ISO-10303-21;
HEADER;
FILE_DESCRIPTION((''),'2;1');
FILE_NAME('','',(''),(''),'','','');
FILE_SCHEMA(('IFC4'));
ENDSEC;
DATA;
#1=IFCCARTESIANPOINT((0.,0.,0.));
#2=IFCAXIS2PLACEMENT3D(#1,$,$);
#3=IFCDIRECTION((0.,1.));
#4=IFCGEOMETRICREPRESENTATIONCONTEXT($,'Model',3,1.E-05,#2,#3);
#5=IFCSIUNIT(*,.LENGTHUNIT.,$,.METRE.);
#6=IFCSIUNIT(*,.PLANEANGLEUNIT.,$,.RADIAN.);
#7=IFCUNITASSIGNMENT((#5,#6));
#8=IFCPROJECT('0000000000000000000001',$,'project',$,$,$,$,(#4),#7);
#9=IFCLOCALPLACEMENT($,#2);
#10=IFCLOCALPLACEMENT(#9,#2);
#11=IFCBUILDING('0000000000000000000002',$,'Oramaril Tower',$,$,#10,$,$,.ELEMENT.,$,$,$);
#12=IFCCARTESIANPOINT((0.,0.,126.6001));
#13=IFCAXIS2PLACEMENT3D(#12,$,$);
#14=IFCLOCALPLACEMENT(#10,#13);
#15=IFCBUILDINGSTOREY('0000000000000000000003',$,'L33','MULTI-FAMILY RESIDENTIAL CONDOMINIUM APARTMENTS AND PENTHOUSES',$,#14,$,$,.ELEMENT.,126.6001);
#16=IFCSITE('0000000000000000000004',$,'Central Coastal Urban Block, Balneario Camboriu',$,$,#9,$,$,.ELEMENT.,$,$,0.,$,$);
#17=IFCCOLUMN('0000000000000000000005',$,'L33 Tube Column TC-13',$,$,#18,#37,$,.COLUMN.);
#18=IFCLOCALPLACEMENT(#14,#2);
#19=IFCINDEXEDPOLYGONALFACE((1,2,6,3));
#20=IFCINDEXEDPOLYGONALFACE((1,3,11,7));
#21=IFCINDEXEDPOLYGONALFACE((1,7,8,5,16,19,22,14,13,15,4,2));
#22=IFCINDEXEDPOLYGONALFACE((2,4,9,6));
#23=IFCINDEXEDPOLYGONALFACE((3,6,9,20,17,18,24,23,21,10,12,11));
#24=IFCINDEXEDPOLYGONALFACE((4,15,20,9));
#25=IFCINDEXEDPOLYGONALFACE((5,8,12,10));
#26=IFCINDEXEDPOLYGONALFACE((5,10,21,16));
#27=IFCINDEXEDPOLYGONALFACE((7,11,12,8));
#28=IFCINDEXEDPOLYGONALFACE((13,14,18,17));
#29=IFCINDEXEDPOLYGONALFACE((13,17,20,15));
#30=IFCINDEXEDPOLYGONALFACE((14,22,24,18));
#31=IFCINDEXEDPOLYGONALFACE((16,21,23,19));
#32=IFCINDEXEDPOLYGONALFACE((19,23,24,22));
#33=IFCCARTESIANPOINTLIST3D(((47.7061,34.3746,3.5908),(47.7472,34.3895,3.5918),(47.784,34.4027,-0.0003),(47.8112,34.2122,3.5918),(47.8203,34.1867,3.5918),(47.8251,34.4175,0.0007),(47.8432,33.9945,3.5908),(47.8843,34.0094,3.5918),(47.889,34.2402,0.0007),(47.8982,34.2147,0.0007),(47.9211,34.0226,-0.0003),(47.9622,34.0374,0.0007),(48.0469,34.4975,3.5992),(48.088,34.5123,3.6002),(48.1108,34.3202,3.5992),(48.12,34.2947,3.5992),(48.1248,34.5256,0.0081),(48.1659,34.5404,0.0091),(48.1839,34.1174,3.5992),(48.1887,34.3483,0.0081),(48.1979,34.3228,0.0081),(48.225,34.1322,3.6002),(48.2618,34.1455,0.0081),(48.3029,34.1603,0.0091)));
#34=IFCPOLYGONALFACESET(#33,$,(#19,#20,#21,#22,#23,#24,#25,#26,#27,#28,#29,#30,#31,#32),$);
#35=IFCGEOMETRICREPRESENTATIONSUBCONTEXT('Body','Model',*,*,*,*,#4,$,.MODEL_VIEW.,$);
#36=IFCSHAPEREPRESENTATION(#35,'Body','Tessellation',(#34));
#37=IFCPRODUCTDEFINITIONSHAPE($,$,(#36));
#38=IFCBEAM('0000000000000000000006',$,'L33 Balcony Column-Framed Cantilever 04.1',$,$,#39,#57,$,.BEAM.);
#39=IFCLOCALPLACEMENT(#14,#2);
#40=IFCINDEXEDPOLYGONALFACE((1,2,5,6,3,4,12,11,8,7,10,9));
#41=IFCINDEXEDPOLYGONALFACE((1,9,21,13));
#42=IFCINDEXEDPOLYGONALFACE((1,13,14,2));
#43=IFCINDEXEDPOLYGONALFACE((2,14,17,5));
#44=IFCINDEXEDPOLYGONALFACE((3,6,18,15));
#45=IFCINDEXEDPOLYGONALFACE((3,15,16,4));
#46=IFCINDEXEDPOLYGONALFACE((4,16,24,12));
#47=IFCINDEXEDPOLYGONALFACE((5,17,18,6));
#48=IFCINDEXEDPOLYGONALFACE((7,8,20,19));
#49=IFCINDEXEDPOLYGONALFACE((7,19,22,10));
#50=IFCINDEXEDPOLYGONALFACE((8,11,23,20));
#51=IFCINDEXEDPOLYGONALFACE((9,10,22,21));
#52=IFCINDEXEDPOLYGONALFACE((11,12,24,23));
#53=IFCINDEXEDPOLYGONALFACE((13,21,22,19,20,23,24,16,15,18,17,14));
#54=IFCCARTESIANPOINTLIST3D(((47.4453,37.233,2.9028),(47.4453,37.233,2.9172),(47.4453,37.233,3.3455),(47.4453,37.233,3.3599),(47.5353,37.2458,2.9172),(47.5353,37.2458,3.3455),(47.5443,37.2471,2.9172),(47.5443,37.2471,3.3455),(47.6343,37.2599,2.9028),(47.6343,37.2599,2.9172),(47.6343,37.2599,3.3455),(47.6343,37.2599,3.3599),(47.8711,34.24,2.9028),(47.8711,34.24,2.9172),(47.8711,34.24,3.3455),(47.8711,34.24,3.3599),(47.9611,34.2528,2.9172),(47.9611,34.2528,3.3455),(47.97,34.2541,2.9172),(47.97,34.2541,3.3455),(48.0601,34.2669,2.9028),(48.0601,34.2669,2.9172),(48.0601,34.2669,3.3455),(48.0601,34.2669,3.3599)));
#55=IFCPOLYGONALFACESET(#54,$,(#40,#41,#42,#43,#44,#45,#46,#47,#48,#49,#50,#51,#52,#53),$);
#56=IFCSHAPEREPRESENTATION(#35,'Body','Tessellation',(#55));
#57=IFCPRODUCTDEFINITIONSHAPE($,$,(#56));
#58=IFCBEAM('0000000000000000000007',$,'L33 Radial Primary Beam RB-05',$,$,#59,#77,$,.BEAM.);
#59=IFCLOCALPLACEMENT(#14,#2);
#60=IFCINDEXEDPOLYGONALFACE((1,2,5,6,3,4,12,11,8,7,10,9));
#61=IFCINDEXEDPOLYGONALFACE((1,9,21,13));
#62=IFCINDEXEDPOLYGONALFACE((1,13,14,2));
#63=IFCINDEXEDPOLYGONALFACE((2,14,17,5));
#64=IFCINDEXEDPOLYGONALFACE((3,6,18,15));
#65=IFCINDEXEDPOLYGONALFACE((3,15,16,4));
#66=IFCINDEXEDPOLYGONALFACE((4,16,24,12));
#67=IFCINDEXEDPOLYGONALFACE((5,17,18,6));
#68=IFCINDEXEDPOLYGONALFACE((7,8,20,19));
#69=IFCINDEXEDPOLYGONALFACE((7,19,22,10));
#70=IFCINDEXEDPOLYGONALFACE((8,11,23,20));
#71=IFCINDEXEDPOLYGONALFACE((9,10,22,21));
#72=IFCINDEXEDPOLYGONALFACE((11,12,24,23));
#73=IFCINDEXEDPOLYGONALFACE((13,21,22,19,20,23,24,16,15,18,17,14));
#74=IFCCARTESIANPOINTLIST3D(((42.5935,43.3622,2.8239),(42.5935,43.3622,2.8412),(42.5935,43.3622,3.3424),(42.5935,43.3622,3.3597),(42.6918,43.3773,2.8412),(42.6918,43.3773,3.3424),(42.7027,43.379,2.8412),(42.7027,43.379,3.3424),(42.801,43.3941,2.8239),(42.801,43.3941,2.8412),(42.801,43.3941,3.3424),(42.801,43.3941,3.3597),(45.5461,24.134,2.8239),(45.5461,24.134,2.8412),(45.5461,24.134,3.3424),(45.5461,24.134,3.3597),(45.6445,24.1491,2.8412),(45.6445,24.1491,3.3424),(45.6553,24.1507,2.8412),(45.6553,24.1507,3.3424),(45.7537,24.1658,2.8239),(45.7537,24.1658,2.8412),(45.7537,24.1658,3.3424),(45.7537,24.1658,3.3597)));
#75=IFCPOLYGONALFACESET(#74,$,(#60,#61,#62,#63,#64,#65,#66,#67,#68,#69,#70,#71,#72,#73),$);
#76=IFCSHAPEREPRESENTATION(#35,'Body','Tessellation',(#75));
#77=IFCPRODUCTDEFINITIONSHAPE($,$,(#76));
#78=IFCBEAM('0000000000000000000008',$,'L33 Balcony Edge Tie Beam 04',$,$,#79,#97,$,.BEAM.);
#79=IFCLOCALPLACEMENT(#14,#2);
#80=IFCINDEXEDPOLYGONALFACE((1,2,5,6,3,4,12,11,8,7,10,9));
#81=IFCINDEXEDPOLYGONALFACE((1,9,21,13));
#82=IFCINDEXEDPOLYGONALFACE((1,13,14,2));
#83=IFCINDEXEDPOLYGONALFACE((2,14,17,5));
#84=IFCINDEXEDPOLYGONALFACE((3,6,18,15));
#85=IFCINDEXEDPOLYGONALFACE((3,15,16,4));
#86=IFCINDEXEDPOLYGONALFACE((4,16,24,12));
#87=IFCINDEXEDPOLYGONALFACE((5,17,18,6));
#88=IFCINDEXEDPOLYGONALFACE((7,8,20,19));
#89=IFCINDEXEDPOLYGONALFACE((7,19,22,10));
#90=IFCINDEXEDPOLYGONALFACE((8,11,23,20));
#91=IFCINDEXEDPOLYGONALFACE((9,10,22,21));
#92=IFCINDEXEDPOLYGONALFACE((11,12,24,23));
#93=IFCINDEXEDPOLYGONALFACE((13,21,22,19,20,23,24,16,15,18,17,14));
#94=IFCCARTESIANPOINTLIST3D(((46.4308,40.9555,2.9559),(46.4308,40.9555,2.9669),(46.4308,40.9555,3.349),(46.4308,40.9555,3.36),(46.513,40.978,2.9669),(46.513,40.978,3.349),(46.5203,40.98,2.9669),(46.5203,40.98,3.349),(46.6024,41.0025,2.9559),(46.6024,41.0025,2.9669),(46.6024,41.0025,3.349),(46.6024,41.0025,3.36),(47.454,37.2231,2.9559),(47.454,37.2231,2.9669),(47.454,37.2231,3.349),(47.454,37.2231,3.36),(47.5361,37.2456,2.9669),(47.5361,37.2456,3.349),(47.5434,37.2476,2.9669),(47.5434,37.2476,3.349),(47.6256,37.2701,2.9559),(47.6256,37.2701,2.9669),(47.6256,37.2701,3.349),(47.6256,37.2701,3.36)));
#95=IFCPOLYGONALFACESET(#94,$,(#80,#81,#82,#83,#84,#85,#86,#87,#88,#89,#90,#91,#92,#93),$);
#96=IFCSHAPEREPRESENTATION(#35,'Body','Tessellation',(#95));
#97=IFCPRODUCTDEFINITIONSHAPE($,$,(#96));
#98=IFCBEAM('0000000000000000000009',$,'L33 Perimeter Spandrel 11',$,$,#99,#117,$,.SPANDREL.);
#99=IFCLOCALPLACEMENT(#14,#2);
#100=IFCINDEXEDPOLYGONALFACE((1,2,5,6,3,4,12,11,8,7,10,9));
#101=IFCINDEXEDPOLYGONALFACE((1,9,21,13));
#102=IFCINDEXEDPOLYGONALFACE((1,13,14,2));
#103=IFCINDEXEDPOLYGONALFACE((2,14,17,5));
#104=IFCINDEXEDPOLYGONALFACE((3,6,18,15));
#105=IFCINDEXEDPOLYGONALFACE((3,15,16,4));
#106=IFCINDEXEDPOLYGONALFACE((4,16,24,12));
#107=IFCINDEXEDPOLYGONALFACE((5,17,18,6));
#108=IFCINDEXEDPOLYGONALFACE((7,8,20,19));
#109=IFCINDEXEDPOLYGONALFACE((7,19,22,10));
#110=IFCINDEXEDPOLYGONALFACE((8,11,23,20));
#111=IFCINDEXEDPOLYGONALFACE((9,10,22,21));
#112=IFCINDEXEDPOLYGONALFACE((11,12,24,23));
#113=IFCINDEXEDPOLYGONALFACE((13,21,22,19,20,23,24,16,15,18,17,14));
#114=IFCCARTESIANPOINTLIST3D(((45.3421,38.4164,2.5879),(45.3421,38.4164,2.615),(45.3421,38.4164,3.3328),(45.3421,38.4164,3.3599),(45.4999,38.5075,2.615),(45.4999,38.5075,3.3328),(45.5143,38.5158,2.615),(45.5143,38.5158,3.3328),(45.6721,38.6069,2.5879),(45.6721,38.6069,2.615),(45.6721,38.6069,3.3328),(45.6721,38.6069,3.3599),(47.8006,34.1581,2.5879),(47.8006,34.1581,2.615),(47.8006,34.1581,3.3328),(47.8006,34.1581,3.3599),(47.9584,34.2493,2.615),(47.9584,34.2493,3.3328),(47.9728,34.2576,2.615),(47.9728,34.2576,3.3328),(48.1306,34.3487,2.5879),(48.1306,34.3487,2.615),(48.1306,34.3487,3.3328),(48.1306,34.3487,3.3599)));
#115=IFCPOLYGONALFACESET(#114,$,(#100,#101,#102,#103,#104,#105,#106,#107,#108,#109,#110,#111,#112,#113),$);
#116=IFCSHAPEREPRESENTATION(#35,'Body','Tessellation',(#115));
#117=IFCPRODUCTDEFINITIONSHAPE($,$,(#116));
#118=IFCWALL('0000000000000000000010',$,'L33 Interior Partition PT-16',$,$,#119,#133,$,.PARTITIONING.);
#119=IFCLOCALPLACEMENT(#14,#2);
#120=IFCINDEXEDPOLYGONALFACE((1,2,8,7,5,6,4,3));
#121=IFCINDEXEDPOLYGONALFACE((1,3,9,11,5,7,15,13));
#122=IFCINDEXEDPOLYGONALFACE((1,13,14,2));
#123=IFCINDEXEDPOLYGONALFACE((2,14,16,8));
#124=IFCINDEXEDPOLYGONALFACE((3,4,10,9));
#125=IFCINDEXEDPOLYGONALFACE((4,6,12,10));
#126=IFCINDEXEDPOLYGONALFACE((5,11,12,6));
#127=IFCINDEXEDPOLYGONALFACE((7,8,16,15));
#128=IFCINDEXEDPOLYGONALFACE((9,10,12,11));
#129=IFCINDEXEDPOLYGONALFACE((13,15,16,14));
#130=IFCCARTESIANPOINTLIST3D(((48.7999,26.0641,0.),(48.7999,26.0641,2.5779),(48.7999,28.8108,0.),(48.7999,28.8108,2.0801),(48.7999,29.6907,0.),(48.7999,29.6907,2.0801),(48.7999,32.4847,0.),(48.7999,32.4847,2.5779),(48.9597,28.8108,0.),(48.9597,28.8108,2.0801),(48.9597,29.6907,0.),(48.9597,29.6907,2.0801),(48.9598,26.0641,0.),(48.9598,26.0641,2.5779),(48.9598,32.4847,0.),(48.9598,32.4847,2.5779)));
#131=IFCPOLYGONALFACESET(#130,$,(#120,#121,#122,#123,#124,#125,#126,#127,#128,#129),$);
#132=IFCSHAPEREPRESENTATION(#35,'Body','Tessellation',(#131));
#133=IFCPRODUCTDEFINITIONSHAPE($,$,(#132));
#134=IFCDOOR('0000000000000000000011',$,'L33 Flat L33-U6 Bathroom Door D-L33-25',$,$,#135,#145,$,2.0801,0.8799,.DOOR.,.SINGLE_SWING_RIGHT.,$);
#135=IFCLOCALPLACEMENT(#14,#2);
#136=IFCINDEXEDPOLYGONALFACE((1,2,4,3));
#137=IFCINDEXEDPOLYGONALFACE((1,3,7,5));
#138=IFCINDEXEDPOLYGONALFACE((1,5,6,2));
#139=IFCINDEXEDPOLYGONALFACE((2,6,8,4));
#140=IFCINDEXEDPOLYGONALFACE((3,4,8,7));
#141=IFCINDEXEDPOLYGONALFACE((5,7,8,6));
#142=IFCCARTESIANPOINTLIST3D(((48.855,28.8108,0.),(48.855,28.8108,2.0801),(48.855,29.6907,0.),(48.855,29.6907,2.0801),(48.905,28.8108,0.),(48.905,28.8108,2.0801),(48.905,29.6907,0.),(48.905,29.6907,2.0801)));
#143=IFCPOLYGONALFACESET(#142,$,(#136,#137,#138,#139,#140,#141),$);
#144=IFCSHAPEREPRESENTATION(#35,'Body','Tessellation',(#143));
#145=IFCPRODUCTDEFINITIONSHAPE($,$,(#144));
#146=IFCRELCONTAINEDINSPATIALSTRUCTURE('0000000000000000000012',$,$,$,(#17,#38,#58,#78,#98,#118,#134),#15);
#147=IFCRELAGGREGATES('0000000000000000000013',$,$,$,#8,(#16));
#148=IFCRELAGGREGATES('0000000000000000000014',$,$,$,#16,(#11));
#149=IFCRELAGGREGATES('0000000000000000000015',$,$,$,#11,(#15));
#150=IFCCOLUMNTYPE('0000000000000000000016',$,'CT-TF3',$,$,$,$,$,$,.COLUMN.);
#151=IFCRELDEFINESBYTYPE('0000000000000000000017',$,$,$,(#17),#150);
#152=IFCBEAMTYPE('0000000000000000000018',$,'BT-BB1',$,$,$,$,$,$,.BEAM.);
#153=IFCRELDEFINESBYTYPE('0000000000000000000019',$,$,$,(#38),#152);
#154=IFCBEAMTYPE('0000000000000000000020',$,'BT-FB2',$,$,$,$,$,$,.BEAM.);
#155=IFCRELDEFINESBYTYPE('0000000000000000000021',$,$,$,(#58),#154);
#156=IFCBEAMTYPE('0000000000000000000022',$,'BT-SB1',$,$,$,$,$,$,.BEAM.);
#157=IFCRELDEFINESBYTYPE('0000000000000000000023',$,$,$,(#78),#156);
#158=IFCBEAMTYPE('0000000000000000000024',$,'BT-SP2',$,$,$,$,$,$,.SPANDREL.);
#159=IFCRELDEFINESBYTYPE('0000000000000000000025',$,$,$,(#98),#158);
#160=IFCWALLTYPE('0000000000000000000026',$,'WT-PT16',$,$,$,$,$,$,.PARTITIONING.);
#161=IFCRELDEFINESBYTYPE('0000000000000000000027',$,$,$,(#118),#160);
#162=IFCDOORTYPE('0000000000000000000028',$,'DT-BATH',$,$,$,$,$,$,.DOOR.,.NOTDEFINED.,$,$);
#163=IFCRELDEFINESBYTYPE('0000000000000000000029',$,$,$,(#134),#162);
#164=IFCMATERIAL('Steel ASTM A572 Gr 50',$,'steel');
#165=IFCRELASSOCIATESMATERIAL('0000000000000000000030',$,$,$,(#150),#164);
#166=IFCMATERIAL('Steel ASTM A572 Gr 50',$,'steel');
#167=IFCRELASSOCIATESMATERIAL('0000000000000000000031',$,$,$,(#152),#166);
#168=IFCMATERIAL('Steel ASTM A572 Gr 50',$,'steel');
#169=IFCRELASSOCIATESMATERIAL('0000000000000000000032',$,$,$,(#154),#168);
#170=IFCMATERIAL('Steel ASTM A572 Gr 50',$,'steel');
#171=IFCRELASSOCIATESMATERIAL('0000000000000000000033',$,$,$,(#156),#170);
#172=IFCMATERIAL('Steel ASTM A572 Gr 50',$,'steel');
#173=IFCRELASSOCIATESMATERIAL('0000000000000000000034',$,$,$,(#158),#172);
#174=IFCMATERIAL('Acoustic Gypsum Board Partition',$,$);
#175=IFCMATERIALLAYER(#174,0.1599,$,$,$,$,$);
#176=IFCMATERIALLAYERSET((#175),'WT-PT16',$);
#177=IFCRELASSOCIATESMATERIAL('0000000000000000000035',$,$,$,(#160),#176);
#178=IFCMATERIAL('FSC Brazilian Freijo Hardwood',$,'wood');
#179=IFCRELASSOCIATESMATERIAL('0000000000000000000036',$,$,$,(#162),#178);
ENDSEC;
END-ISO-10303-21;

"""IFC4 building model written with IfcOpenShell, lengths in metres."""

from ifc_helpers import new_model, si_unit, direction, frame, frame_2d, origin, origin_2d, place, context, subcontext, project, spatial, rectangle, i_section, extrude, material, layer, layer_set, material_profile, profile_set, type_object, element, fill, save


model = new_model("IFC4")

# Units and contexts
model_context = context("Model", 3, precision=1e-05, world=origin(), true_north=direction((0.0, 1.0)))
body_context = subcontext(model_context, "Body", "Model", "MODEL_VIEW")
ifc_project = project(units=[si_unit("LENGTHUNIT", "METRE"), si_unit("PLANEANGLEUNIT", "RADIAN")], contexts=[model_context])

# Site, building, storey
site_placement = place(None, origin())
site = spatial("IfcSite", under=ifc_project, at=site_placement, Name="Central Coastal Urban Block, Balneario Camboriu", CompositionType="ELEMENT", RefElevation=0.0)
building_placement = place(site_placement, origin())
building = spatial("IfcBuilding", under=site, at=building_placement, Name="Oramaril Tower", CompositionType="ELEMENT")
storey_placement = place(building_placement, frame((0.0, 0.0, 126.6001)))
storey = spatial("IfcBuildingStorey", under=building, at=storey_placement, Name="L33", Description="MULTI-FAMILY RESIDENTIAL CONDOMINIUM APARTMENTS AND PENTHOUSES", CompositionType="ELEMENT", Elevation=126.6001)

# Column
ifc_material_1 = material(Name="Steel ASTM A572 Gr 50", Category="steel")
ifc_material_profile_1 = material_profile(ifc_material_1, i_section(OverallWidth=0.4041, OverallDepth=0.406, WebThickness=0.0271, FlangeThickness=0.0437, at=origin_2d()), Name="W14X233")
ifc_profile_set_1 = profile_set([ifc_material_profile_1], Name="Steel ASTM A572 Gr 50")
column_type = type_object("IfcColumnType", Name="CT-TF3", PredefinedType="COLUMN", material=ifc_profile_set_1)
column_placement = place(storey_placement, frame((48.0435, 34.2815, 0.0044), z_axis=(-0.021682, -0.007816, 0.999734), x_axis=(0.339137, -0.940737, 0.0)))
element("IfcColumn", 1, at=column_placement, inside=storey, type_object=column_type, Name="L33 Tube Column TC-13", PredefinedType="COLUMN", context=body_context, shape_type="SweptSolid", body=[
    extrude(i_section(OverallWidth=0.4041, OverallDepth=0.406, WebThickness=0.0271, FlangeThickness=0.0437, at=origin_2d()), origin(), (0.0, 0.0, 1.0), 3.592),
])

# Beams
ifc_material_2 = material(Name="Steel ASTM A572 Gr 50", Category="steel")
ifc_material_profile_2 = material_profile(ifc_material_2, i_section(OverallWidth=0.1909, OverallDepth=0.457, WebThickness=0.009, FlangeThickness=0.0144, at=origin_2d()), Name="W18X50")
ifc_profile_set_2 = profile_set([ifc_material_profile_2], Name="Steel ASTM A572 Gr 50")
beam_type_1 = type_object("IfcBeamType", Name="BT-BB1", PredefinedType="BEAM", material=ifc_profile_set_2)
beam_1_placement = place(storey_placement, frame((47.9656, 34.2534, 3.1313), z_axis=(-0.140833, 0.990033, 0.0), x_axis=(-0.990033, -0.140833, 0.0)))
element("IfcBeam", 2, at=beam_1_placement, inside=storey, type_object=beam_type_1, Name="L33 Balcony Column-Framed Cantilever 04.1", PredefinedType="BEAM", context=body_context, shape_type="SweptSolid", body=[
    extrude(i_section(OverallWidth=0.1909, OverallDepth=0.457, WebThickness=0.009, FlangeThickness=0.0144, at=origin_2d()), origin(), (0.0, 0.0, 1.0), 3.0232),
])
ifc_material_3 = material(Name="Steel ASTM A572 Gr 50", Category="steel")
ifc_material_profile_3 = material_profile(ifc_material_3, i_section(OverallWidth=0.21, OverallDepth=0.5359, WebThickness=0.011, FlangeThickness=0.0173, at=origin_2d()), Name="W21X68")
ifc_profile_set_3 = profile_set([ifc_material_profile_3], Name="Steel ASTM A572 Gr 50")
beam_type_2 = type_object("IfcBeamType", Name="BT-FB2", PredefinedType="BEAM", material=ifc_profile_set_3)
beam_2_placement = place(storey_placement, frame((45.6499, 24.1499, 3.0918), z_axis=(-0.151778, 0.988415, 0.0), x_axis=(-0.988415, -0.151778, 0.0)))
element("IfcBeam", 3, at=beam_2_placement, inside=storey, type_object=beam_type_2, Name="L33 Radial Primary Beam RB-05", PredefinedType="BEAM", context=body_context, shape_type="SweptSolid", body=[
    extrude(i_section(OverallWidth=0.21, OverallDepth=0.5359, WebThickness=0.011, FlangeThickness=0.0173, at=origin_2d()), origin(), (0.0, 0.0, 1.0), 19.4536),
])
ifc_material_4 = material(Name="Steel ASTM A572 Gr 50", Category="steel")
ifc_material_profile_4 = material_profile(ifc_material_4, i_section(OverallWidth=0.178, OverallDepth=0.4041, WebThickness=0.0076, FlangeThickness=0.011, at=origin_2d()), Name="W16X36")
ifc_profile_set_4 = profile_set([ifc_material_profile_4], Name="Steel ASTM A572 Gr 50")
beam_type_3 = type_object("IfcBeamType", Name="BT-SB1", PredefinedType="BEAM", material=ifc_profile_set_4)
beam_3_placement = place(storey_placement, frame((47.5398, 37.2466, 3.158), z_axis=(-0.264382, 0.964418, 0.0), x_axis=(-0.964418, -0.264382, 0.0)))
element("IfcBeam", 4, at=beam_3_placement, inside=storey, type_object=beam_type_3, Name="L33 Balcony Edge Tie Beam 04", PredefinedType="BEAM", context=body_context, shape_type="SweptSolid", body=[
    extrude(i_section(OverallWidth=0.178, OverallDepth=0.4041, WebThickness=0.0076, FlangeThickness=0.011, at=origin_2d()), origin(), (0.0, 0.0, 1.0), 3.8701),
])
ifc_material_5 = material(Name="Steel ASTM A572 Gr 50", Category="steel")
ifc_material_profile_5 = material_profile(ifc_material_5, i_section(OverallWidth=0.3811, OverallDepth=0.772, WebThickness=0.0166, FlangeThickness=0.0271, at=origin_2d()), Name="W30X173")
ifc_profile_set_5 = profile_set([ifc_material_profile_5], Name="Steel ASTM A572 Gr 50")
beam_type_4 = type_object("IfcBeamType", Name="BT-SP2", PredefinedType="SPANDREL", material=ifc_profile_set_5)
beam_4_placement = place(storey_placement, frame((47.9656, 34.2534, 2.9739), z_axis=(-0.499995, 0.866028, 0.0), x_axis=(-0.866028, -0.499995, 0.0)))
element("IfcBeam", 5, at=beam_4_placement, inside=storey, type_object=beam_type_4, Name="L33 Perimeter Spandrel 11", PredefinedType="SPANDREL", context=body_context, shape_type="SweptSolid", body=[
    extrude(i_section(OverallWidth=0.3811, OverallDepth=0.772, WebThickness=0.0166, FlangeThickness=0.0271, at=origin_2d()), origin(), (0.0, 0.0, 1.0), 4.917),
])

# Wall, opening, door
ifc_material_6 = material(Name="Acoustic Gypsum Board Partition")
ifc_layer_1 = layer(ifc_material_6, 0.1599)
ifc_layer_set_1 = layer_set([ifc_layer_1], Name="WT-PT16")
wall_type_1 = type_object("IfcWallType", Name="WT-PT16", PredefinedType="PARTITIONING", material=ifc_layer_set_1)
wall_1_placement = place(storey_placement, frame((48.8799, 26.064, 0.0), z_axis=(0.0, 0.0, 1.0), x_axis=(0.0, 1.0, 0.0)))
wall_1 = element("IfcWall", 6, at=wall_1_placement, inside=storey, type_object=wall_type_1, Name="L33 Interior Partition PT-16", PredefinedType="PARTITIONING", context=body_context, shape_type="SweptSolid", body=[
    extrude(rectangle(XDim=6.4207, YDim=0.1599, at=frame_2d((3.2104, 0.0))), origin(), (0.0, 0.0, 1.0), 2.5779),
])
opening_1_placement = place(wall_1_placement, frame((2.7468, 0.0, 0.0)))
opening_1 = element("IfcOpeningElement", 7, at=opening_1_placement, cuts=wall_1, PredefinedType="OPENING", context=body_context, shape_type="SweptSolid", body=[
    extrude(rectangle(XDim=0.8799, YDim=2.0801, at=frame_2d((0.4399, 1.04))), frame((0.0, 0.0801, 0.0), z_axis=(0.0, -1.0, 0.0), x_axis=(1.0, 0.0, 0.0)), (0.0, 0.0, 1.0), 0.1599),
])
ifc_material_7 = material(Name="FSC Brazilian Freijo Hardwood", Category="wood")
door_type_1 = type_object("IfcDoorType", Name="DT-BATH", OperationType="NOTDEFINED", PredefinedType="DOOR", material=ifc_material_7)
door_1_placement = place(opening_1_placement, origin())
door_1 = element("IfcDoor", 8, at=door_1_placement, inside=storey, type_object=door_type_1, Name="L33 Flat L33-U6 Bathroom Door D-L33-25", OperationType="SINGLE_SWING_RIGHT", OverallHeight=2.0801, OverallWidth=0.8799, PredefinedType="DOOR", context=body_context, shape_type="SweptSolid", body=[
    extrude(rectangle(XDim=0.8799, YDim=2.0801, at=frame_2d((0.4399, 1.04))), frame((0.0, 0.0249, 0.0), z_axis=(0.0, -1.0, 0.0), x_axis=(1.0, 0.0, 0.0)), (0.0, 0.0, 1.0), 0.05),
])
fill(opening_1, door_1)

save(model, "model.ifc")
